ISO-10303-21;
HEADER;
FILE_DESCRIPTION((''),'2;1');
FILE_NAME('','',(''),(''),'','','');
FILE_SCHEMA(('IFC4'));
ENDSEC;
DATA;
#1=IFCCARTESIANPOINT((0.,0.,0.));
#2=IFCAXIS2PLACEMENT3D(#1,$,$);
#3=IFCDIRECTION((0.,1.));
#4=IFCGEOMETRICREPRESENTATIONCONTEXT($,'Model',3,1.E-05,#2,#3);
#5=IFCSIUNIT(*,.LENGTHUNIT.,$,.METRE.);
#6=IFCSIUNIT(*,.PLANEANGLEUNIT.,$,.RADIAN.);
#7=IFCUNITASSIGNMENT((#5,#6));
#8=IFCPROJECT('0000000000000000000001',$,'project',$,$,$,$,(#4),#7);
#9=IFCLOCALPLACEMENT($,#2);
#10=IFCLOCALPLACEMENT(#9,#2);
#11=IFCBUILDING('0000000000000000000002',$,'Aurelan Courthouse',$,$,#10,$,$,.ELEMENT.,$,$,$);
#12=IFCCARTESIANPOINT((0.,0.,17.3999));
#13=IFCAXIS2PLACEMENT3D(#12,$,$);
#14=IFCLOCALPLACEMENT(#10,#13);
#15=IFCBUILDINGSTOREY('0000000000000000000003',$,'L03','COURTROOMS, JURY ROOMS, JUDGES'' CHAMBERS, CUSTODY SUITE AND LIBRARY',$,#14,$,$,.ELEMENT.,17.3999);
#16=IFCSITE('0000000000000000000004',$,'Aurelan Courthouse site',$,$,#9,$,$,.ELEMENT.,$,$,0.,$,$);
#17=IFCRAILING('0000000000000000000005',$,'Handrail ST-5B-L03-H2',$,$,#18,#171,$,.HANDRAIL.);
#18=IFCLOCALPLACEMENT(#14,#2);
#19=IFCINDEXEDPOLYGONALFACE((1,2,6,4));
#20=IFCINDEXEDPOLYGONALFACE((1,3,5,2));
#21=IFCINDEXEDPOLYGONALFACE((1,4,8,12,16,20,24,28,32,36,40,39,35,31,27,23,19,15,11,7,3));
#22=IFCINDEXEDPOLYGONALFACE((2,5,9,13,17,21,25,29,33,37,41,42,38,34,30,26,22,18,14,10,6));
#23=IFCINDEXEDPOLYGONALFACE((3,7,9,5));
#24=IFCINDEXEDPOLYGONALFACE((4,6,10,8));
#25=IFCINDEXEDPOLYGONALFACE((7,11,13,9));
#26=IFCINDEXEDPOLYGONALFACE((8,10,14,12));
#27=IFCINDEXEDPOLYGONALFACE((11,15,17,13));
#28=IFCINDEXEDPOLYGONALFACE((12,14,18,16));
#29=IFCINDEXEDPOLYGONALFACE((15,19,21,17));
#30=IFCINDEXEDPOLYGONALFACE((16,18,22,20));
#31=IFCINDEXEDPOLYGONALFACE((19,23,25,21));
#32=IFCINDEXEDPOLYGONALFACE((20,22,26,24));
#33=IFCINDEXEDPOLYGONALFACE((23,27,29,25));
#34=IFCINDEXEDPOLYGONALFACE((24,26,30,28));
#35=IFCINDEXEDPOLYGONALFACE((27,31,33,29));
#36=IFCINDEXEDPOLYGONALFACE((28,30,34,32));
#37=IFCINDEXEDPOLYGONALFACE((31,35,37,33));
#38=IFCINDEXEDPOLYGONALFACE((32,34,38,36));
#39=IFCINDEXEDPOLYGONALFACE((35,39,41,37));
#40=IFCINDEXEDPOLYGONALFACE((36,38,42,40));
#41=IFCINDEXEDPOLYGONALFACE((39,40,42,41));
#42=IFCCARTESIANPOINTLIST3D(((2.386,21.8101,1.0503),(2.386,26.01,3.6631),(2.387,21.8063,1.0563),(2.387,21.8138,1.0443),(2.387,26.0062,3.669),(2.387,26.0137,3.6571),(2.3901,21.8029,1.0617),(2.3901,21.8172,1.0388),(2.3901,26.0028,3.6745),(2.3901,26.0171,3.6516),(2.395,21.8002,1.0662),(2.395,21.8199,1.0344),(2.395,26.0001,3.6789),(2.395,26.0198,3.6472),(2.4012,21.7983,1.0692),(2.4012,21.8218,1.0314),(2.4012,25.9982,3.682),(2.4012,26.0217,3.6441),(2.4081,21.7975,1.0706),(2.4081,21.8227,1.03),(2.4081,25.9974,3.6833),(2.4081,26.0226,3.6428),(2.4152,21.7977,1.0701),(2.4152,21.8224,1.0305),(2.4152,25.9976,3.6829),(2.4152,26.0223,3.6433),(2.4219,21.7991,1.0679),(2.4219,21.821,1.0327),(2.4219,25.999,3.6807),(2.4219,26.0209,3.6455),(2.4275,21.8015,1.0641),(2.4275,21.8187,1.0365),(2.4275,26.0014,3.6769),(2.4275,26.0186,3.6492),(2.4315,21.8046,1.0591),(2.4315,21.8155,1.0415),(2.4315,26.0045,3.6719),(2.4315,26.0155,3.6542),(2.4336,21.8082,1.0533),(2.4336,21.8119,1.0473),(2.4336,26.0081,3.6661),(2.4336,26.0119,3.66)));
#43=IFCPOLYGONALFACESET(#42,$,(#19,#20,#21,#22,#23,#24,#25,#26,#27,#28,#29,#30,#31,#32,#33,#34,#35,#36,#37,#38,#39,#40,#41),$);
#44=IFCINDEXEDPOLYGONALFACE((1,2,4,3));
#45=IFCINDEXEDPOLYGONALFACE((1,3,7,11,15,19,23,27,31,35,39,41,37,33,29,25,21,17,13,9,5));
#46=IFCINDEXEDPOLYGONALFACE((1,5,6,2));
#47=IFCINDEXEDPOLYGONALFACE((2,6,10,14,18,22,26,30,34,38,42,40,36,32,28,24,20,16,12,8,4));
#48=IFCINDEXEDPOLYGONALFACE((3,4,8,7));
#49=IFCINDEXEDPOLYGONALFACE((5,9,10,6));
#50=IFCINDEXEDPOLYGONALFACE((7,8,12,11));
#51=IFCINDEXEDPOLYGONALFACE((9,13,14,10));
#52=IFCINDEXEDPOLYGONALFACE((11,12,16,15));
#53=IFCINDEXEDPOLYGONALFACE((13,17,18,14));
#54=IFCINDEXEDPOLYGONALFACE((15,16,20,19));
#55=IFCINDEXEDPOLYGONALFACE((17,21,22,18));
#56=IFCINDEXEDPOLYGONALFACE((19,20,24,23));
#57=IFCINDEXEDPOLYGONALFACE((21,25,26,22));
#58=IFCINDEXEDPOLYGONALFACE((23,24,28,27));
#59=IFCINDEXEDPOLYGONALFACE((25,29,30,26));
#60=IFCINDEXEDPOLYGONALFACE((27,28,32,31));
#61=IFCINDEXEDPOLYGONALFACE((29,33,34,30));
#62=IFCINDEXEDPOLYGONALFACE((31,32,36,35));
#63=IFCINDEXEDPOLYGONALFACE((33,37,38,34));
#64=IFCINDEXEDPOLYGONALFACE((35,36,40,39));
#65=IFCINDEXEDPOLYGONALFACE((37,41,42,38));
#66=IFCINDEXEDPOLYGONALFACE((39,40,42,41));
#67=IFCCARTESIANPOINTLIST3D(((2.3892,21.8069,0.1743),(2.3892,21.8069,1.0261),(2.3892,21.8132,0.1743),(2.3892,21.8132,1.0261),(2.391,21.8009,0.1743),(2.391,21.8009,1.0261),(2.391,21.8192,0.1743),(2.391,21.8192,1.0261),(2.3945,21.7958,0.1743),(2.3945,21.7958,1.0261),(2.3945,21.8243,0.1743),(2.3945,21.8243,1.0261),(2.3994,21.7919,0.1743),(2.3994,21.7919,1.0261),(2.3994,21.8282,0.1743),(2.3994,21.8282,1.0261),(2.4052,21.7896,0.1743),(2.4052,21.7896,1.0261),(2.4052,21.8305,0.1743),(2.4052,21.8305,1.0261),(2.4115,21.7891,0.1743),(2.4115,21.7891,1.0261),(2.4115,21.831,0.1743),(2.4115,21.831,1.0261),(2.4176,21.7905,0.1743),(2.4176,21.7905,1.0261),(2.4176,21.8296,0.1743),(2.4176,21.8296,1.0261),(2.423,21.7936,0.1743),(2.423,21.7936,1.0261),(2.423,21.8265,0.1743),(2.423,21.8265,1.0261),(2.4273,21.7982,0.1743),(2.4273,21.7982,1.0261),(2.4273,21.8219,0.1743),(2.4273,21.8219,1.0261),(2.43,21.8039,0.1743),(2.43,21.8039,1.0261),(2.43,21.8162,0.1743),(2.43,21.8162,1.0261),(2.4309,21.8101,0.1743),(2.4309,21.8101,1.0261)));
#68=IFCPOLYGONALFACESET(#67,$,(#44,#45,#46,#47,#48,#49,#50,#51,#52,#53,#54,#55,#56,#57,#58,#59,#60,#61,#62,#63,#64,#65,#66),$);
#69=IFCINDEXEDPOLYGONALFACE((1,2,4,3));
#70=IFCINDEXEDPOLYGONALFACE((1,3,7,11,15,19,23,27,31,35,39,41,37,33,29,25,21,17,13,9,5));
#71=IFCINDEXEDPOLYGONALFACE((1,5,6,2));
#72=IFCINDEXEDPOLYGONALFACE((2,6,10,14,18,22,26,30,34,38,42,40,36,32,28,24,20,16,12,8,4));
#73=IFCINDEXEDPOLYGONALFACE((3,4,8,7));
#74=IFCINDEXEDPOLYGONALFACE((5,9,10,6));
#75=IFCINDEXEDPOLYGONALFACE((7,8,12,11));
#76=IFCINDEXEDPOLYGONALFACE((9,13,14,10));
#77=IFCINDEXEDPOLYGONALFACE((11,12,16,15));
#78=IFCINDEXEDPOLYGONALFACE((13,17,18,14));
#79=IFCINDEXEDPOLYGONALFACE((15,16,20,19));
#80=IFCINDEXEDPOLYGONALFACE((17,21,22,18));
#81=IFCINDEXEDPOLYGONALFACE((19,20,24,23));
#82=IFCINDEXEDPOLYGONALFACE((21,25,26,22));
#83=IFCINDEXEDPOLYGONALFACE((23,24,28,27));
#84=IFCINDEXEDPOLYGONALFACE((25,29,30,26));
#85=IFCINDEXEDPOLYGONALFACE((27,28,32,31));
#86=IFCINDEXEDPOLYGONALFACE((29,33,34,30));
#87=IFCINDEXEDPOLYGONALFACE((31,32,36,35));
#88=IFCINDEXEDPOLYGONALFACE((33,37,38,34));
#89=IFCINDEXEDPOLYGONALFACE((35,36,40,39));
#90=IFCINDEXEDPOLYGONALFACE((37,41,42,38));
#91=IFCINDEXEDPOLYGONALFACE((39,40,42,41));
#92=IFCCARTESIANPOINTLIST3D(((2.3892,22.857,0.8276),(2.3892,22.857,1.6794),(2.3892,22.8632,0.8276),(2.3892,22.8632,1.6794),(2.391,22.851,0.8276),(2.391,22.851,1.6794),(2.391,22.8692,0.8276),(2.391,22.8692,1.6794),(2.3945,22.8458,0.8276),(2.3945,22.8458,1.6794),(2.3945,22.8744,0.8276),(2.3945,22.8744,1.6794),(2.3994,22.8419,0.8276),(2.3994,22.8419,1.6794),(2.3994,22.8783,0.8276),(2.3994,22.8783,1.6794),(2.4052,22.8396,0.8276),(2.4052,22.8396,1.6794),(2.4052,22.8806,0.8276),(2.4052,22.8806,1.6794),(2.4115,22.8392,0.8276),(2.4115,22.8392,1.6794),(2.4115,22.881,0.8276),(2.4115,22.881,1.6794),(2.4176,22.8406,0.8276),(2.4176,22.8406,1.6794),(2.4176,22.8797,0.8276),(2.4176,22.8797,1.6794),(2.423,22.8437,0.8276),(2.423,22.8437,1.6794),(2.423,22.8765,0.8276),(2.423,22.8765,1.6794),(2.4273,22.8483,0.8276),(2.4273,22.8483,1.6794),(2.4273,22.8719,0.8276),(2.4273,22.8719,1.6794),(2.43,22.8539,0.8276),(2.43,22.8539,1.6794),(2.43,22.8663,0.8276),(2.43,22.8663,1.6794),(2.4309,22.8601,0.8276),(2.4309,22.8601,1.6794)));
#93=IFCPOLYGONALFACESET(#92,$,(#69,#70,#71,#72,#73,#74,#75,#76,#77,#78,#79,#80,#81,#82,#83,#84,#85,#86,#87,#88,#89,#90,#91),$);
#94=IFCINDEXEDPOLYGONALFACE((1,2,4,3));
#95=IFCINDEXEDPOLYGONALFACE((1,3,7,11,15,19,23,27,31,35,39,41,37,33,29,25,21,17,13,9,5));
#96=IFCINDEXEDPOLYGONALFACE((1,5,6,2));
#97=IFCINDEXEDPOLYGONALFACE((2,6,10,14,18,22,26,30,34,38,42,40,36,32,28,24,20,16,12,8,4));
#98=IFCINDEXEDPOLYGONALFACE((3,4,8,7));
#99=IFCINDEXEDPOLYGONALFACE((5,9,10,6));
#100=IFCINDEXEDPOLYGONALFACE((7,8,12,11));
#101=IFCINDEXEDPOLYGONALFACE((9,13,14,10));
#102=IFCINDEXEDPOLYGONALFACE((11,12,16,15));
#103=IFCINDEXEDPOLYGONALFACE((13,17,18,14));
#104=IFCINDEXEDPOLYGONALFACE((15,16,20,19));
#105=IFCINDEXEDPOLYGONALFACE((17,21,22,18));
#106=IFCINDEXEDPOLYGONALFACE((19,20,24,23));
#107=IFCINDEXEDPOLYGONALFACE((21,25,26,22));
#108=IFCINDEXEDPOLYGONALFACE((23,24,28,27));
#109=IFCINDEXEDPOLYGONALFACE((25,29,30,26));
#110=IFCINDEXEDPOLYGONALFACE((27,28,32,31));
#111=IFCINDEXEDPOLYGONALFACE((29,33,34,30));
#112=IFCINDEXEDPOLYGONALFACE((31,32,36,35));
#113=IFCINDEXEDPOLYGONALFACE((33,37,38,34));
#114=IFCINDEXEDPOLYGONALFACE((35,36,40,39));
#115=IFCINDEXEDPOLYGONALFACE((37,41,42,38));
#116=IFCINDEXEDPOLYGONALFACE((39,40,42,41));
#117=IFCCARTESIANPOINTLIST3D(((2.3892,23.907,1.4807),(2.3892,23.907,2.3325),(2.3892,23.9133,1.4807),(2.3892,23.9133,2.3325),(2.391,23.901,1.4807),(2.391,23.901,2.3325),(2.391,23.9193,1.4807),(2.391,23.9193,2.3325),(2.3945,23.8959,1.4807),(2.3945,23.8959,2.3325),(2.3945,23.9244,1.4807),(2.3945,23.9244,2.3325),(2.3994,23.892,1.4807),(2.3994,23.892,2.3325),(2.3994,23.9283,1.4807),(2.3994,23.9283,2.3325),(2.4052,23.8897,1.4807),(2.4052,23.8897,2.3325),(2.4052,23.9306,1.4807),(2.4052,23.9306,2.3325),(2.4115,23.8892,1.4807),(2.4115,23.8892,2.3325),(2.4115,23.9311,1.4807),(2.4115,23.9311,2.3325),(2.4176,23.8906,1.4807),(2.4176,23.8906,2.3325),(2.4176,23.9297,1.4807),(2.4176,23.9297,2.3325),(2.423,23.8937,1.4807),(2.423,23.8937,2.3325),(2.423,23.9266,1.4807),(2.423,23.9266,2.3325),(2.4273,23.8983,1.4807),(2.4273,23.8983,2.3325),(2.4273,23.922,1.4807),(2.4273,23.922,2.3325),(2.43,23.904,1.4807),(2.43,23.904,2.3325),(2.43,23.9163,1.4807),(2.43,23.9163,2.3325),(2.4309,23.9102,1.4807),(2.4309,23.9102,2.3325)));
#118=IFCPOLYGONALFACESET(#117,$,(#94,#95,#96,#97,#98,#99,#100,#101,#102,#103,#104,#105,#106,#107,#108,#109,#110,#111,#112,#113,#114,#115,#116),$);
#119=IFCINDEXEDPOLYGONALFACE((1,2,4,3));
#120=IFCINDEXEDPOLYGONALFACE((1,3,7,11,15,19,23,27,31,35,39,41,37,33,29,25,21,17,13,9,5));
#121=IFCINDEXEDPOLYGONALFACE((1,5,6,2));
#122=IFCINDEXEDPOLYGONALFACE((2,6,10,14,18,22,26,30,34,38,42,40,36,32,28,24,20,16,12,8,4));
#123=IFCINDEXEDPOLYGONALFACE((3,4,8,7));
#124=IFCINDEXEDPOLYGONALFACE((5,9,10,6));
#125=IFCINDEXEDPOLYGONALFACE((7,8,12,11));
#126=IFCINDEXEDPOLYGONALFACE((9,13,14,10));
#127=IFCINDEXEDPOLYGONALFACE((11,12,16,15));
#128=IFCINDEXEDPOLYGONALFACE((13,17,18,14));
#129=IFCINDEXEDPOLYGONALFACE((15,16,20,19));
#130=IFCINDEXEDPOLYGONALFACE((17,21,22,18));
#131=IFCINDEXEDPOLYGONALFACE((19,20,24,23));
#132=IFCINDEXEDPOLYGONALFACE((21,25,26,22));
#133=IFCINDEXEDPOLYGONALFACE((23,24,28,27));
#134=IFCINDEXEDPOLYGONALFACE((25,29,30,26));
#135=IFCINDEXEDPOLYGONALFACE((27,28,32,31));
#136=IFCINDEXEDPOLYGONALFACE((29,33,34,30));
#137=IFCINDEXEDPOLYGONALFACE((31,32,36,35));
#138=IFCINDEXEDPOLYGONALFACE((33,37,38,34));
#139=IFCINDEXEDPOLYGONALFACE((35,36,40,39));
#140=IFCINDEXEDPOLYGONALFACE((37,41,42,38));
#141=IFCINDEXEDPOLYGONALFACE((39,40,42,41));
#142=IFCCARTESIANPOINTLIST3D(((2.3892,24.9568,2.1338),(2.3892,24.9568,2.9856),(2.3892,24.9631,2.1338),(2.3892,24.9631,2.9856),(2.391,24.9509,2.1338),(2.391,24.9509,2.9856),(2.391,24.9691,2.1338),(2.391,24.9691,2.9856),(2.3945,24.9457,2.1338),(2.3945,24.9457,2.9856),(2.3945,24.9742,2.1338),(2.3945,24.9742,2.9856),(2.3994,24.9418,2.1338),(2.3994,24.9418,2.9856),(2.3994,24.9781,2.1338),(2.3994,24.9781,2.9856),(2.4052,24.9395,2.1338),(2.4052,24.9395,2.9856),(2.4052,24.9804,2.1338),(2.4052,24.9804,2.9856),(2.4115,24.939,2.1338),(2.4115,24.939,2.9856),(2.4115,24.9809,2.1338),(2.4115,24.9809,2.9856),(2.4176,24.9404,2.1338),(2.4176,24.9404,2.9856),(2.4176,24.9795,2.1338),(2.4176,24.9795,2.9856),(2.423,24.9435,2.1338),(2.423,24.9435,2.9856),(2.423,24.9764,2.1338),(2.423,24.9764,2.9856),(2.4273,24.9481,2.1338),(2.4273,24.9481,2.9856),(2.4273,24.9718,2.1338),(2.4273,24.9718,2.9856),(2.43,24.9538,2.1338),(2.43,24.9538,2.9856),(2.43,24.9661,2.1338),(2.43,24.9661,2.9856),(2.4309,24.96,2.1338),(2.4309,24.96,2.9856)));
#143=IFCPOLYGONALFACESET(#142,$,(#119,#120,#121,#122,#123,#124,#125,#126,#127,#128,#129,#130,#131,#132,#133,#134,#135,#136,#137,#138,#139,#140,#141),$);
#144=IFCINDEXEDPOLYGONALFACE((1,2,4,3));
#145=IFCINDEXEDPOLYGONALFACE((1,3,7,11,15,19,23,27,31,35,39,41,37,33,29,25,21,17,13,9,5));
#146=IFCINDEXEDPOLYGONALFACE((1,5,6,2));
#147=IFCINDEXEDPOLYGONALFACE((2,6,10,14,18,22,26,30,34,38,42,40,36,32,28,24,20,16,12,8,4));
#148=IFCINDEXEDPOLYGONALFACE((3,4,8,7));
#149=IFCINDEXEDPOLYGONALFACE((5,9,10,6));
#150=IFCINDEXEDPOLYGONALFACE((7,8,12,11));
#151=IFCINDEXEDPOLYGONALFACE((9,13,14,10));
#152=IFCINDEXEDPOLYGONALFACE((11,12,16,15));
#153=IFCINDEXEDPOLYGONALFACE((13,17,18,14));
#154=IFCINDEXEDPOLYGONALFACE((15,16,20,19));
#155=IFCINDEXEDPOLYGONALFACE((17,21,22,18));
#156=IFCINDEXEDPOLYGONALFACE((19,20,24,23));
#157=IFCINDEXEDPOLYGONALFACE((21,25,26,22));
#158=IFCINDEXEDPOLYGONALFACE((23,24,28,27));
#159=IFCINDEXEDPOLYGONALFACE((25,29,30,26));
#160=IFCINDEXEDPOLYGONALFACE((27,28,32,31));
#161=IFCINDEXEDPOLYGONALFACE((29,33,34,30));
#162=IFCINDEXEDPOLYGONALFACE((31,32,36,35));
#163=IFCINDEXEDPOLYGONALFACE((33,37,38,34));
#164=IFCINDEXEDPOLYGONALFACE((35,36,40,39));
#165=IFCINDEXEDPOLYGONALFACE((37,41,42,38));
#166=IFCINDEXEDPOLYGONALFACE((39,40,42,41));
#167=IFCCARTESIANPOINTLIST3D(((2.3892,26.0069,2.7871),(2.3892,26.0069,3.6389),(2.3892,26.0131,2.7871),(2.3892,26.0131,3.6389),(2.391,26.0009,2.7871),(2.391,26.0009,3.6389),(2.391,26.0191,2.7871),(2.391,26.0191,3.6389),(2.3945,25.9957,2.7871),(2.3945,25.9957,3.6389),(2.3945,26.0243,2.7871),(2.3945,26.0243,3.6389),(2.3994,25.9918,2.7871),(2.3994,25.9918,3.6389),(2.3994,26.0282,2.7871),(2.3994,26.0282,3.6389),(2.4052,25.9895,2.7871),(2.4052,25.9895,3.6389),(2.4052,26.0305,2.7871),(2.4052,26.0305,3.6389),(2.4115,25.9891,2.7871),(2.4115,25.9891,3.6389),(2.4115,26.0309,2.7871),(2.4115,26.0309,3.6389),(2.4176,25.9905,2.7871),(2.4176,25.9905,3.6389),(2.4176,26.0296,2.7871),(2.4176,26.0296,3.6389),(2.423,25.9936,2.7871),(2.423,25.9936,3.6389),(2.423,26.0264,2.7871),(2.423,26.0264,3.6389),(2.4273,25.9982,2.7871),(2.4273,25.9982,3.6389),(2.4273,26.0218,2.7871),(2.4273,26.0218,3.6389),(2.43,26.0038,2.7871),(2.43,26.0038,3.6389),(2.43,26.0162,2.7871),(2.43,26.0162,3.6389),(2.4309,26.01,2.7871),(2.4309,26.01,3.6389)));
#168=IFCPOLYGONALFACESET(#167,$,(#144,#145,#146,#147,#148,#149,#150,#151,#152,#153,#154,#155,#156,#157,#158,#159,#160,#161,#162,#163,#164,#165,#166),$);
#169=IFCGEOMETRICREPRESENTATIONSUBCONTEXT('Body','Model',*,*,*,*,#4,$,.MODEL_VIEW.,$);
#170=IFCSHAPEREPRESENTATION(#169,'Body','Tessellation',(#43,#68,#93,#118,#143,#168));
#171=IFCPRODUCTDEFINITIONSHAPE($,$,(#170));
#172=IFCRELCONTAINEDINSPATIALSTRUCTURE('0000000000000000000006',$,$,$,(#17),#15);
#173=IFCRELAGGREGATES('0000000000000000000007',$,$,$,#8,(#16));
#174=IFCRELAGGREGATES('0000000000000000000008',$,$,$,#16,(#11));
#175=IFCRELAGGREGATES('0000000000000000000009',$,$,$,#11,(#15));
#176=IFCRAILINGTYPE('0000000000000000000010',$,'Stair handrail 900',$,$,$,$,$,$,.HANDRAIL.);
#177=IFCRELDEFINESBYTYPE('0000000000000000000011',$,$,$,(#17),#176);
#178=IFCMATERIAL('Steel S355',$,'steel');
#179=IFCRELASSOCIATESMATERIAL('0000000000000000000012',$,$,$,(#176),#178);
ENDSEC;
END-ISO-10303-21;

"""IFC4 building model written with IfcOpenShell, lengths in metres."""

from ifc_helpers import new_model, si_unit, direction, frame, origin, origin_2d, place, context, subcontext, project, spatial, circle, extrude, material, type_object, element, save


model = new_model("IFC4")

# Units and contexts
model_context = context("Model", 3, precision=1e-05, world=origin(), true_north=direction((0.0, 1.0)))
body_context = subcontext(model_context, "Body", "Model", "MODEL_VIEW")
ifc_project = project(units=[si_unit("LENGTHUNIT", "METRE"), si_unit("PLANEANGLEUNIT", "RADIAN")], contexts=[model_context])

# Site, building, storey
site_placement = place(None, origin())
site = spatial("IfcSite", under=ifc_project, at=site_placement, Name="Aurelan Courthouse site", CompositionType="ELEMENT", RefElevation=0.0)
building_placement = place(site_placement, origin())
building = spatial("IfcBuilding", under=site, at=building_placement, Name="Aurelan Courthouse", CompositionType="ELEMENT")
storey_placement = place(building_placement, frame((0.0, 0.0, 17.3999)))
storey = spatial("IfcBuildingStorey", under=building, at=storey_placement, Name="L03", Description="COURTROOMS, JURY ROOMS, JUDGES' CHAMBERS, CUSTODY SUITE AND LIBRARY", CompositionType="ELEMENT", Elevation=17.3999)

# Railing
ifc_material_1 = material(Name="Steel S355", Category="steel")
railing_type_1 = type_object("IfcRailingType", Name="Stair handrail 900", PredefinedType="HANDRAIL", material=ifc_material_1)
for number, where, name in (
    (1, (2.4099, 21.8101, 0.1743), "Handrail ST-5B-L03-H2"),
):
    element("IfcRailing", number, at=place(storey_placement, frame(where)), inside=storey, type_object=railing_type_1, Name=name, PredefinedType="HANDRAIL", context=body_context, shape_type="SweptSolid", body=[
        extrude(circle(Radius=0.0239, at=origin_2d()), frame((0.0, 0.0, 0.876), z_axis=(0.0, 0.849103, 0.528228), x_axis=(-1.0, 0.0, 0.0)), (0.0, 0.0, 1.0), 4.9463),
        extrude(circle(Radius=0.021, at=origin_2d()), origin(), (0.0, 0.0, 1.0), 0.8518),
        extrude(circle(Radius=0.021, at=origin_2d()), frame((0.0, 1.05, 0.6533)), (0.0, 0.0, 1.0), 0.8518),
        extrude(circle(Radius=0.021, at=origin_2d()), frame((0.0, 2.1001, 1.3064)), (0.0, 0.0, 1.0), 0.8518),
        extrude(circle(Radius=0.021, at=origin_2d()), frame((0.0, 3.1499, 1.9595)), (0.0, 0.0, 1.0), 0.8518),
        extrude(circle(Radius=0.021, at=origin_2d()), frame((0.0, 4.2, 2.6128)), (0.0, 0.0, 1.0), 0.8518),
    ])

save(model, "model.ifc")
